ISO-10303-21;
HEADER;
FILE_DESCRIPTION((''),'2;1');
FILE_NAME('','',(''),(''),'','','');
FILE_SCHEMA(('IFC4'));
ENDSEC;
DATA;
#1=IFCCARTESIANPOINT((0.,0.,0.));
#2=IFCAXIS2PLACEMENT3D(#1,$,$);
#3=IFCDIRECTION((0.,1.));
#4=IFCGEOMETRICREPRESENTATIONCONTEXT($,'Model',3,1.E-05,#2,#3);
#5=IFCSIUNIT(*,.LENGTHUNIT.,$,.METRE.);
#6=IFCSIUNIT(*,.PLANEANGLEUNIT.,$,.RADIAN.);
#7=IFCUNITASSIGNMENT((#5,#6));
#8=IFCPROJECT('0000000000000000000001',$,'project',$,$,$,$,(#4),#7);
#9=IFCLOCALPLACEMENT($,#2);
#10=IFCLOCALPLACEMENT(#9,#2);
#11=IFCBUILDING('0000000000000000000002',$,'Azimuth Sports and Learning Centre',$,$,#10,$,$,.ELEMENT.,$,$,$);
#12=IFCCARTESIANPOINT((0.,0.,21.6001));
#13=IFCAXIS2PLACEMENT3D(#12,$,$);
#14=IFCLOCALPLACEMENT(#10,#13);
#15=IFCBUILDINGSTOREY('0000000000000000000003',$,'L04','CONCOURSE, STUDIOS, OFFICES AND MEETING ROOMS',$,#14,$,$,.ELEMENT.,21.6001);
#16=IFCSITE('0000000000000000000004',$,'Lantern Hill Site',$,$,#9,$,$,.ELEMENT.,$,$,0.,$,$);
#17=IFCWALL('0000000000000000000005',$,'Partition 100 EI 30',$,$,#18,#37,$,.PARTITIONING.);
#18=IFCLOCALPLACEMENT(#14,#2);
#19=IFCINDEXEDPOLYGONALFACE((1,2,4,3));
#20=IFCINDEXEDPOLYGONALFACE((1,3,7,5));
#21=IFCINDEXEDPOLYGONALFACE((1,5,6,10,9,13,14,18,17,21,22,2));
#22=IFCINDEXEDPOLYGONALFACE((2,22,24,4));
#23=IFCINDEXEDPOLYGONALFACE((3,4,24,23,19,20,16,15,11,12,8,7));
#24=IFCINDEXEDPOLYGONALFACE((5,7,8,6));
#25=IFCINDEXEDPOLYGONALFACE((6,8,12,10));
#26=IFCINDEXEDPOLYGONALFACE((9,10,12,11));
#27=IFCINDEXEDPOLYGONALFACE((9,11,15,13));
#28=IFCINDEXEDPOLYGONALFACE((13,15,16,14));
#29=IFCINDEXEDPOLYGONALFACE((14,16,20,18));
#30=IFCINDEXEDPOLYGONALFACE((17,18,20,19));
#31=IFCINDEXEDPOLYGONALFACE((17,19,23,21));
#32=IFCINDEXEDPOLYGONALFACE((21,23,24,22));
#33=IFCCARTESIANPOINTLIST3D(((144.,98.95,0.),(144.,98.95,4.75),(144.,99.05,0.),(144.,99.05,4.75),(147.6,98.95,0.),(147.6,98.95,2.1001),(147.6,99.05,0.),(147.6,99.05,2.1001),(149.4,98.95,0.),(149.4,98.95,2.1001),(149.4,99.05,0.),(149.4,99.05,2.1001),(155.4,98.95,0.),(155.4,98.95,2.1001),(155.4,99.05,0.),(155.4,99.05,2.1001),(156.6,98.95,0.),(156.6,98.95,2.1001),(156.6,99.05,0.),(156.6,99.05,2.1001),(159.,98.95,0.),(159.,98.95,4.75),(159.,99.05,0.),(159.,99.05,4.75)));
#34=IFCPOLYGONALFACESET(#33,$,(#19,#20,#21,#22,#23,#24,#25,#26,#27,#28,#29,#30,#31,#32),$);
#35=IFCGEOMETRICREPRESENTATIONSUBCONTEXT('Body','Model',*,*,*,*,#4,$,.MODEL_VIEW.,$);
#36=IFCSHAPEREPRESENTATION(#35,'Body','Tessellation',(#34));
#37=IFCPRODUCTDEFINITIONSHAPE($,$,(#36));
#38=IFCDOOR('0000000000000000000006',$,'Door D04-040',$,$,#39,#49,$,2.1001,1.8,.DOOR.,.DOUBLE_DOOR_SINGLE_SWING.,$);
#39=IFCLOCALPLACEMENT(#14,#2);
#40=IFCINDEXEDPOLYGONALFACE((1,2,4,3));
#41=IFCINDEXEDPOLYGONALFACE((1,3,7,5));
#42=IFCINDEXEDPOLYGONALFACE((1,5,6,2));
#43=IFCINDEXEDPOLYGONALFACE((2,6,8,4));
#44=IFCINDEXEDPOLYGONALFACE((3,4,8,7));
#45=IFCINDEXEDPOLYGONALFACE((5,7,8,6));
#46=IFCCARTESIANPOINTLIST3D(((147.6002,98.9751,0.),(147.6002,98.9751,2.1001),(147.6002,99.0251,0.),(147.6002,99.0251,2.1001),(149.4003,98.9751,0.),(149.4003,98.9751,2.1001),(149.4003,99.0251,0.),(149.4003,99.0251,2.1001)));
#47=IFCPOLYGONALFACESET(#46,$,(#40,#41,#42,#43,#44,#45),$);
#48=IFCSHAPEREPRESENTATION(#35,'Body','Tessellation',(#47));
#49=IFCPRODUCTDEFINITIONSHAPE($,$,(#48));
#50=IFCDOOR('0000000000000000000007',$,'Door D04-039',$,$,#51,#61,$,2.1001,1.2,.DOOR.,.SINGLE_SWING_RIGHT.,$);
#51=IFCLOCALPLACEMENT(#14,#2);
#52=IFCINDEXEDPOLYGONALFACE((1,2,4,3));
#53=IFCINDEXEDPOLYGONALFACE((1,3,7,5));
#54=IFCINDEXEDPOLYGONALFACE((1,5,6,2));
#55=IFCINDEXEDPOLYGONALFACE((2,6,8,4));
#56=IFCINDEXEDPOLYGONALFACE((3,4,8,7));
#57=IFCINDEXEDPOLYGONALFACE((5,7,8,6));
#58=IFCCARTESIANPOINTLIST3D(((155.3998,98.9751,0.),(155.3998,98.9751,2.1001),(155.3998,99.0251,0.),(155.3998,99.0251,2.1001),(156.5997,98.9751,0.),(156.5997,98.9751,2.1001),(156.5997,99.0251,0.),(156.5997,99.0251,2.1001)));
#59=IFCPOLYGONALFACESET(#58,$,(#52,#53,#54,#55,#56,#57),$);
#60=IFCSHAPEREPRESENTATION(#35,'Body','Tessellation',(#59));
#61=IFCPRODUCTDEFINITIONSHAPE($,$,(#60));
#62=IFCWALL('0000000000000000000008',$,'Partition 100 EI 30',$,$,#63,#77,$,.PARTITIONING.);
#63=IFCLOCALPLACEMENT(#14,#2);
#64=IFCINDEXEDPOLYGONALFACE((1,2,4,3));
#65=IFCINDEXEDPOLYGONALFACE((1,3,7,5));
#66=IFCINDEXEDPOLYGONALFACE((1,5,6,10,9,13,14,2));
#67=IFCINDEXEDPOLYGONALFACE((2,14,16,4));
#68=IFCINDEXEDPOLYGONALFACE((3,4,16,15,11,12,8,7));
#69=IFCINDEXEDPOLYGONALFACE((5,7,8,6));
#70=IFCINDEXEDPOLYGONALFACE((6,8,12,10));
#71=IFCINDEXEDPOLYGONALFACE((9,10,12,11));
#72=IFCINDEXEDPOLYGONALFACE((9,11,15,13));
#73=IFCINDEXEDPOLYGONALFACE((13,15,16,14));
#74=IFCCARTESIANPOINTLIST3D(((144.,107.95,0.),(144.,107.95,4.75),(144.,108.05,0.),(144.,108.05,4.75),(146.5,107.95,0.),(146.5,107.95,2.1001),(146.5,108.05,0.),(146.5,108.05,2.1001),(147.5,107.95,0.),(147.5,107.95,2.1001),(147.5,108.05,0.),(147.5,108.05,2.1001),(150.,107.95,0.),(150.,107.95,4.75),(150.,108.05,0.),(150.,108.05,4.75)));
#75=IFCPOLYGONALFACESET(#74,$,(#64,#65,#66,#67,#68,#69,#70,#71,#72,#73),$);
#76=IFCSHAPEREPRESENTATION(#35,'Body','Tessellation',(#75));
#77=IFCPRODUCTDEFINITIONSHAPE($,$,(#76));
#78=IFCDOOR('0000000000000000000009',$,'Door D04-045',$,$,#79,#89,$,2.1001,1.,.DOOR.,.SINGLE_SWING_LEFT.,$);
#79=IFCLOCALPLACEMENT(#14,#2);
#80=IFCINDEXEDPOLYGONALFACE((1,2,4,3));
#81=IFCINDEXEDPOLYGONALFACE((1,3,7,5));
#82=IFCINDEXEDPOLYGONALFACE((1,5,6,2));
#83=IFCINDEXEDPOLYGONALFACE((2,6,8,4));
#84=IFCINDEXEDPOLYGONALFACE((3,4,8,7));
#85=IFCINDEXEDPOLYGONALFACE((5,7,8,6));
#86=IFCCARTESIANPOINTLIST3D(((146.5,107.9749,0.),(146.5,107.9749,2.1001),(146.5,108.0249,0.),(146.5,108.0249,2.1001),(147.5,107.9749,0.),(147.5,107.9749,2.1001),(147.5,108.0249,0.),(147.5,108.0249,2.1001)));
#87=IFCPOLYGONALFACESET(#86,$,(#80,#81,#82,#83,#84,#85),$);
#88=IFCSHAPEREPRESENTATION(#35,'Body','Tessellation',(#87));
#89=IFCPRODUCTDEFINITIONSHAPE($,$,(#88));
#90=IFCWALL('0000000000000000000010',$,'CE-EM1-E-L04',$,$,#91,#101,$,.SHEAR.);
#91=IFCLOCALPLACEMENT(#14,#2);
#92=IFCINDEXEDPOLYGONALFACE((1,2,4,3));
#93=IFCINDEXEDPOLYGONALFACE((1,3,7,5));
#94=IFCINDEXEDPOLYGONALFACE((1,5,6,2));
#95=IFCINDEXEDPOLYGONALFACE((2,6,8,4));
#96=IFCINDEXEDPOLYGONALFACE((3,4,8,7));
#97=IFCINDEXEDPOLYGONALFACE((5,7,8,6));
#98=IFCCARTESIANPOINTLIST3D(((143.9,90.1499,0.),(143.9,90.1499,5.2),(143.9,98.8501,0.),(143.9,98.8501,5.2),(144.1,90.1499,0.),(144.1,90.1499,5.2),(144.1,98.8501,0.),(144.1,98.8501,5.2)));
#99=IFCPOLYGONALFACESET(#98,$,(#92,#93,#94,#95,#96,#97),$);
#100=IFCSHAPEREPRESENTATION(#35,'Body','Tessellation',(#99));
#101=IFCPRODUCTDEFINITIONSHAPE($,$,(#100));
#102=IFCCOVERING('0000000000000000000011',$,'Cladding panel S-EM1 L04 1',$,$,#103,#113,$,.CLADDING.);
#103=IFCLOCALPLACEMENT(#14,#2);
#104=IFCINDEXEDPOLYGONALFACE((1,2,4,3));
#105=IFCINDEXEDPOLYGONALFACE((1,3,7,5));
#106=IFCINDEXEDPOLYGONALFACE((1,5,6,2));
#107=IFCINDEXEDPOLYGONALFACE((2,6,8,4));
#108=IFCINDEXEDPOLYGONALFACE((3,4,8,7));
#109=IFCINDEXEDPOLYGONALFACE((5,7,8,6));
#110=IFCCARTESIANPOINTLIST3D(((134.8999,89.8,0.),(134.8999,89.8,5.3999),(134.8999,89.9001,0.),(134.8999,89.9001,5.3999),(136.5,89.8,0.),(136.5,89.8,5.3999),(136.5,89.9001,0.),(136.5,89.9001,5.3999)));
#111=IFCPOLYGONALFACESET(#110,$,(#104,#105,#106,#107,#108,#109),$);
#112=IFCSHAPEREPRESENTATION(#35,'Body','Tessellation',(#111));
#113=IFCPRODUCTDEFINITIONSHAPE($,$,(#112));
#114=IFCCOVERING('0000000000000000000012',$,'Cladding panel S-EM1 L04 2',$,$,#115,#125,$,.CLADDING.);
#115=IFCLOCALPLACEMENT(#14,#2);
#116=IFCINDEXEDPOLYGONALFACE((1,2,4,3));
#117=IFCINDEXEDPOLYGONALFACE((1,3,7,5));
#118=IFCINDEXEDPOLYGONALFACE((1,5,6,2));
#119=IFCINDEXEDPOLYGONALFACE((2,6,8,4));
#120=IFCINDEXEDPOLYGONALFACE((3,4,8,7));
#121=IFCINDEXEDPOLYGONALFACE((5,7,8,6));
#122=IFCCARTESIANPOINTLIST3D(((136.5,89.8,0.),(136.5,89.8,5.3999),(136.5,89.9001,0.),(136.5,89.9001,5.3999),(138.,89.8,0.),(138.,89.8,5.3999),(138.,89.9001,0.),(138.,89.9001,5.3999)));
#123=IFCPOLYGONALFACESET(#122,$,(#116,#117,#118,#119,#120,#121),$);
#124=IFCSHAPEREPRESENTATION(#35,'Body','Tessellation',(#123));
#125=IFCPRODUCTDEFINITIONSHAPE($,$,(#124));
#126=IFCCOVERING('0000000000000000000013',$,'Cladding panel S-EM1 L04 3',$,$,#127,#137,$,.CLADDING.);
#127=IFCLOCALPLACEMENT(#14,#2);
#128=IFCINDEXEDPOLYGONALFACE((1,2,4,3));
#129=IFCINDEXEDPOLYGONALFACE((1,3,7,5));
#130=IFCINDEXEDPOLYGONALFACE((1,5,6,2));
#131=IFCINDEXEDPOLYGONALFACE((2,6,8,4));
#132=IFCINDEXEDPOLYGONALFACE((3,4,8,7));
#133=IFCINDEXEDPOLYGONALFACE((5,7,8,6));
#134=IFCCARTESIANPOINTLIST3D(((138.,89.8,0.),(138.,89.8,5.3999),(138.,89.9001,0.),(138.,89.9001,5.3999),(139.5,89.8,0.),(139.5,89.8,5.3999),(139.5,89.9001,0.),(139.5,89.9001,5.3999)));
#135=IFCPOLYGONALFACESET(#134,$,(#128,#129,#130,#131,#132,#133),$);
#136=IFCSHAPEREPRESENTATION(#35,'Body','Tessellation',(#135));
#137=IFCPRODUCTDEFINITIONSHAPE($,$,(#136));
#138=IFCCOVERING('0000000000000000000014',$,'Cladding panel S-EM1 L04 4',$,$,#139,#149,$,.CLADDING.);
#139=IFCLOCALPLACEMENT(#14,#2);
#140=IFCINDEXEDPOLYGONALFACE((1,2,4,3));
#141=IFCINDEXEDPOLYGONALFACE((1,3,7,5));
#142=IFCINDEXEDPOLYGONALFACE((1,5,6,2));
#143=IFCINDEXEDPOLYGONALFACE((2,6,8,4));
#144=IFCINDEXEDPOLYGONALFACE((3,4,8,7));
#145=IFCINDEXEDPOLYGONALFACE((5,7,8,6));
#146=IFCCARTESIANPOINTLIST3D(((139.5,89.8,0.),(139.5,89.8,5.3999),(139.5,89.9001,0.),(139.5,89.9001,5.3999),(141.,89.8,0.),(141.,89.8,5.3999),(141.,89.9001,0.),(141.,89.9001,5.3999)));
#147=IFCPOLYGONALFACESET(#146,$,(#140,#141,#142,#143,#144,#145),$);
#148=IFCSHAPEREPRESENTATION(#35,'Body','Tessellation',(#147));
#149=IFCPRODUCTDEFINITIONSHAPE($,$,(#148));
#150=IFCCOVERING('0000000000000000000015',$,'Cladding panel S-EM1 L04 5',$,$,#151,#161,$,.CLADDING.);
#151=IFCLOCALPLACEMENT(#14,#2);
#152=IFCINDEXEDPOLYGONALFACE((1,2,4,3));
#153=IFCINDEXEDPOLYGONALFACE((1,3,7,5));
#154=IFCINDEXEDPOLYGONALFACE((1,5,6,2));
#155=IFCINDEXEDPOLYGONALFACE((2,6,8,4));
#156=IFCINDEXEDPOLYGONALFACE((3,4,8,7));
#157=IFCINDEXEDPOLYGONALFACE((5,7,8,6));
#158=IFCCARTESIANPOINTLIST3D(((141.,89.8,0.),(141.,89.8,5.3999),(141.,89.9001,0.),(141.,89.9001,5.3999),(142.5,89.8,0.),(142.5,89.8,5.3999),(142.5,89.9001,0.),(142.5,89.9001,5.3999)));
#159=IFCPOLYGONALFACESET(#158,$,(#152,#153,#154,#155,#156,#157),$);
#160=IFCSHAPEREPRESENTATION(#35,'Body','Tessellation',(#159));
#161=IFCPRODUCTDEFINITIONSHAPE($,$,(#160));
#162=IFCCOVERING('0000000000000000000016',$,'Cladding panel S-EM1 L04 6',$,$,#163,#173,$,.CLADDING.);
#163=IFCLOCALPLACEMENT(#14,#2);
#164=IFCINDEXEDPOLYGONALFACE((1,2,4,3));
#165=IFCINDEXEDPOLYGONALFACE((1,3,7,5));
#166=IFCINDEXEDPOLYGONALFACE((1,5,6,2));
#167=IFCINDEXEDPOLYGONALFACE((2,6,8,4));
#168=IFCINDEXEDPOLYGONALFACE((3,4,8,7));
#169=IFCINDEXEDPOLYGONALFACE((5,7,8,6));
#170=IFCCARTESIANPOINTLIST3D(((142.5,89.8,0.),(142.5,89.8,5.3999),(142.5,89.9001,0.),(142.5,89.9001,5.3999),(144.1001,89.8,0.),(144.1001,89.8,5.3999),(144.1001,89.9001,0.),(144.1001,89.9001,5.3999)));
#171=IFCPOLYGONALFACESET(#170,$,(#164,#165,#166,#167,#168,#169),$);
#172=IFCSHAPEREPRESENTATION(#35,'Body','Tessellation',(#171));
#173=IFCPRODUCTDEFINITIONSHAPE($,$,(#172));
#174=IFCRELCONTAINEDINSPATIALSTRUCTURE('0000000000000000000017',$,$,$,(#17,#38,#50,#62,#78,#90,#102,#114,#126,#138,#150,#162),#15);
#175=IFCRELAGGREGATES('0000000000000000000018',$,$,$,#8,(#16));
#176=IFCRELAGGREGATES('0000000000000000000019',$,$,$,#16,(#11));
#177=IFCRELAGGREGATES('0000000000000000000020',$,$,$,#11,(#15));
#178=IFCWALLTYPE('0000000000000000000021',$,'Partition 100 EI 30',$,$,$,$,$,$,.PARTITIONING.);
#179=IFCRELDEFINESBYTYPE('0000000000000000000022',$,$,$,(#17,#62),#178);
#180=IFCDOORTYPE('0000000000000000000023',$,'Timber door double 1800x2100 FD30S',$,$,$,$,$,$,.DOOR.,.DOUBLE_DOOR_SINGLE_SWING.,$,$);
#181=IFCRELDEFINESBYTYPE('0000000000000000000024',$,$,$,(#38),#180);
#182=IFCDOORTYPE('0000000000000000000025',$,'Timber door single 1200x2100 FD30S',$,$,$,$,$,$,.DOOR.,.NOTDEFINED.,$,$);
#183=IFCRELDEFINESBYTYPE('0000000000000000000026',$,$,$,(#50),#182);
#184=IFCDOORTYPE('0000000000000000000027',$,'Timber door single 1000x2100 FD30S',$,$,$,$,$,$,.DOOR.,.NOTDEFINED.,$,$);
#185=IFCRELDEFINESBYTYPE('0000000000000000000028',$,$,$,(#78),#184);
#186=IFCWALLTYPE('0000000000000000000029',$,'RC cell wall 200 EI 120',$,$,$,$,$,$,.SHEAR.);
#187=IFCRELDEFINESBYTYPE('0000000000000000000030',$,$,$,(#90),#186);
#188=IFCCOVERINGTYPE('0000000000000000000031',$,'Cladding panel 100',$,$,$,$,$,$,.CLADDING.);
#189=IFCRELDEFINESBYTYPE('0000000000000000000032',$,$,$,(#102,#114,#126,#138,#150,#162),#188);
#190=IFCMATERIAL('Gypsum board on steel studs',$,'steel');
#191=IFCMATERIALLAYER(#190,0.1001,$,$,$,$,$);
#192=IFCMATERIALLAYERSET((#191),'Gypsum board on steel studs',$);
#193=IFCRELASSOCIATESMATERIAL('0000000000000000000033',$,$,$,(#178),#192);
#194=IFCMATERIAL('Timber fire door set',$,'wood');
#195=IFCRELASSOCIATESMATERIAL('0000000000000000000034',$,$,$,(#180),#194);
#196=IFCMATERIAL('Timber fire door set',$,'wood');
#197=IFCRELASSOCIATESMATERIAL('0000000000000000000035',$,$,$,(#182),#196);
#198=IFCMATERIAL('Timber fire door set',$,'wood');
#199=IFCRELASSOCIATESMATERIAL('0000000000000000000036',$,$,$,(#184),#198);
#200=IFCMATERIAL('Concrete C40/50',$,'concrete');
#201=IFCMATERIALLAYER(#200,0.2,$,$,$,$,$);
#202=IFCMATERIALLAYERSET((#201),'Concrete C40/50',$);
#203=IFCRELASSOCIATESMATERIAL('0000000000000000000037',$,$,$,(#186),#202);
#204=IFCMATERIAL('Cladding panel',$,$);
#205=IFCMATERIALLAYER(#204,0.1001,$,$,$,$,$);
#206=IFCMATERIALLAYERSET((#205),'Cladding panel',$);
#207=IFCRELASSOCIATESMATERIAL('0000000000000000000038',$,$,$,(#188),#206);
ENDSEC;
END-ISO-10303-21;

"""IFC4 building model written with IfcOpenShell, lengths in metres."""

from ifc_helpers import new_model, si_unit, direction, frame, frame_2d, origin, origin_2d, place, context, subcontext, project, spatial, rectangle, extrude, material, layer, layer_set, type_object, element, fill, save


model = new_model("IFC4")

# Units and contexts
model_context = context("Model", 3, precision=1e-05, world=origin(), true_north=direction((0.0, 1.0)))
body_context = subcontext(model_context, "Body", "Model", "MODEL_VIEW")
ifc_project = project(units=[si_unit("LENGTHUNIT", "METRE"), si_unit("PLANEANGLEUNIT", "RADIAN")], contexts=[model_context])

# Site, building, storey
site_placement = place(None, origin())
site = spatial("IfcSite", under=ifc_project, at=site_placement, Name="Lantern Hill Site", CompositionType="ELEMENT", RefElevation=0.0)
building_placement = place(site_placement, origin())
building = spatial("IfcBuilding", under=site, at=building_placement, Name="Azimuth Sports and Learning Centre", CompositionType="ELEMENT")
storey_placement = place(building_placement, frame((0.0, 0.0, 21.6001)))
storey = spatial("IfcBuildingStorey", under=building, at=storey_placement, Name="L04", Description="CONCOURSE, STUDIOS, OFFICES AND MEETING ROOMS", CompositionType="ELEMENT", Elevation=21.6001)

# Wall, openings, doors
ifc_material_1 = material(Name="Gypsum board on steel studs", Category="steel")
ifc_layer_1 = layer(ifc_material_1, 0.1001)
ifc_layer_set_1 = layer_set([ifc_layer_1], Name="Gypsum board on steel studs")
wall_type_1 = type_object("IfcWallType", Name="Partition 100 EI 30", PredefinedType="PARTITIONING", material=ifc_layer_set_1)
wall_1_placement = place(storey_placement, frame((144.0, 99.0, 0.0), z_axis=(0.0, 0.0, 1.0), x_axis=(1.0, 0.0, 0.0)))
wall_1 = element("IfcWall", 1, at=wall_1_placement, inside=storey, type_object=wall_type_1, Name="Partition 100 EI 30", PredefinedType="PARTITIONING", context=body_context, shape_type="SweptSolid", body=[
    extrude(rectangle(XDim=15.0, YDim=0.1001, at=frame_2d((7.5, 0.0))), origin(), (0.0, 0.0, 1.0), 4.75),
])
opening_1_placement = place(wall_1_placement, frame((11.3999, 0.0, 0.0)))
opening_1 = element("IfcOpeningElement", 2, at=opening_1_placement, cuts=wall_1, PredefinedType="OPENING", context=body_context, shape_type="SweptSolid", body=[
    extrude(rectangle(XDim=1.2, YDim=2.1001, at=frame_2d((0.6001, 1.05))), frame((0.0, 0.061, 0.0), z_axis=(0.0, -1.0, 0.0), x_axis=(1.0, 0.0, 0.0)), (0.0, 0.0, 1.0), 0.1221),
])
opening_2_placement = place(wall_1_placement, frame((3.6001, 0.0, 0.0)))
opening_2 = element("IfcOpeningElement", 3, at=opening_2_placement, cuts=wall_1, PredefinedType="OPENING", context=body_context, shape_type="SweptSolid", body=[
    extrude(rectangle(XDim=1.8, YDim=2.1001, at=frame_2d((0.8999, 1.05))), frame((0.0, 0.061, 0.0), z_axis=(0.0, -1.0, 0.0), x_axis=(1.0, 0.0, 0.0)), (0.0, 0.0, 1.0), 0.1221),
])
ifc_material_2 = material(Name="Timber fire door set", Category="wood")
door_type_1 = type_object("IfcDoorType", Name="Timber door double 1800x2100 FD30S", OperationType="DOUBLE_DOOR_SINGLE_SWING", PredefinedType="DOOR", material=ifc_material_2)
door_1_placement = place(opening_2_placement, frame((1.8, 0.0, 0.0), z_axis=(0.0, 0.0, 1.0), x_axis=(-1.0, 0.0, 0.0)))
door_1 = element("IfcDoor", 4, at=door_1_placement, inside=storey, type_object=door_type_1, Name="Door D04-040", OperationType="DOUBLE_DOOR_SINGLE_SWING", OverallHeight=2.1001, OverallWidth=1.8, PredefinedType="DOOR", context=body_context, shape_type="SweptSolid", body=[
    extrude(rectangle(XDim=1.8, YDim=2.1001, at=frame_2d((0.8999, 1.05))), frame((0.0, 0.0249, 0.0), z_axis=(0.0, -1.0, 0.0), x_axis=(1.0, 0.0, 0.0)), (0.0, 0.0, 1.0), 0.05),
])
fill(opening_2, door_1)
ifc_material_3 = material(Name="Timber fire door set", Category="wood")
door_type_2 = type_object("IfcDoorType", Name="Timber door single 1200x2100 FD30S", OperationType="NOTDEFINED", PredefinedType="DOOR", material=ifc_material_3)
door_2_placement = place(opening_1_placement, frame((1.2, 0.0, 0.0), z_axis=(0.0, 0.0, 1.0), x_axis=(-1.0, 0.0, 0.0)))
door_2 = element("IfcDoor", 5, at=door_2_placement, inside=storey, type_object=door_type_2, Name="Door D04-039", OperationType="SINGLE_SWING_RIGHT", OverallHeight=2.1001, OverallWidth=1.2, PredefinedType="DOOR", context=body_context, shape_type="SweptSolid", body=[
    extrude(rectangle(XDim=1.2, YDim=2.1001, at=frame_2d((0.6001, 1.05))), frame((0.0, 0.0249, 0.0), z_axis=(0.0, -1.0, 0.0), x_axis=(1.0, 0.0, 0.0)), (0.0, 0.0, 1.0), 0.05),
])
fill(opening_1, door_2)

# Wall, opening, door
wall_2_placement = place(storey_placement, frame((144.0, 108.0, 0.0), z_axis=(0.0, 0.0, 1.0), x_axis=(1.0, 0.0, 0.0)))
wall_2 = element("IfcWall", 6, at=wall_2_placement, inside=storey, type_object=wall_type_1, Name="Partition 100 EI 30", PredefinedType="PARTITIONING", context=body_context, shape_type="SweptSolid", body=[
    extrude(rectangle(XDim=6.0, YDim=0.1001, at=frame_2d((3.0, 0.0))), origin(), (0.0, 0.0, 1.0), 4.75),
])
opening_3_placement = place(wall_2_placement, frame((2.5, 0.0, 0.0)))
opening_3 = element("IfcOpeningElement", 7, at=opening_3_placement, cuts=wall_2, PredefinedType="OPENING", context=body_context, shape_type="SweptSolid", body=[
    extrude(rectangle(XDim=1.0, YDim=2.1001, at=frame_2d((0.5, 1.05))), frame((0.0, 0.061, 0.0), z_axis=(0.0, -1.0, 0.0), x_axis=(1.0, 0.0, 0.0)), (0.0, 0.0, 1.0), 0.1221),
])
ifc_material_4 = material(Name="Timber fire door set", Category="wood")
door_type_3 = type_object("IfcDoorType", Name="Timber door single 1000x2100 FD30S", OperationType="NOTDEFINED", PredefinedType="DOOR", material=ifc_material_4)
door_3_placement = place(opening_3_placement, origin())
door_3 = element("IfcDoor", 8, at=door_3_placement, inside=storey, type_object=door_type_3, Name="Door D04-045", OperationType="SINGLE_SWING_LEFT", OverallHeight=2.1001, OverallWidth=1.0, PredefinedType="DOOR", context=body_context, shape_type="SweptSolid", body=[
    extrude(rectangle(XDim=1.0, YDim=2.1001, at=frame_2d((0.5, 1.05))), frame((0.0, 0.0249, 0.0), z_axis=(0.0, -1.0, 0.0), x_axis=(1.0, 0.0, 0.0)), (0.0, 0.0, 1.0), 0.05),
])
fill(opening_3, door_3)

# Wall
ifc_material_5 = material(Name="Concrete C40/50", Category="concrete")
ifc_layer_2 = layer(ifc_material_5, 0.2)
ifc_layer_set_2 = layer_set([ifc_layer_2], Name="Concrete C40/50")
wall_type_2 = type_object("IfcWallType", Name="RC cell wall 200 EI 120", PredefinedType="SHEAR", material=ifc_layer_set_2)
wall_3_placement = place(storey_placement, frame((144.0, 90.1499, 0.0), z_axis=(0.0, 0.0, 1.0), x_axis=(0.0, 1.0, 0.0)))
element("IfcWall", 9, at=wall_3_placement, inside=storey, type_object=wall_type_2, Name="CE-EM1-E-L04", PredefinedType="SHEAR", context=body_context, shape_type="SweptSolid", body=[
    extrude(rectangle(XDim=8.7002, YDim=0.2, at=frame_2d((4.3501, 0.0))), origin(), (0.0, 0.0, 1.0), 5.2),
])

# Coverings
ifc_material_6 = material(Name="Cladding panel")
ifc_layer_3 = layer(ifc_material_6, 0.1001)
ifc_layer_set_3 = layer_set([ifc_layer_3], Name="Cladding panel")
covering_type = type_object("IfcCoveringType", Name="Cladding panel 100", PredefinedType="CLADDING", material=ifc_layer_set_3)
covering_1_placement = place(storey_placement, frame((135.7, 89.8501, 0.0), z_axis=(0.0, 0.0, 1.0), x_axis=(1.0, 0.0, 0.0)))
element("IfcCovering", 10, at=covering_1_placement, inside=storey, type_object=covering_type, Name="Cladding panel S-EM1 L04 1", PredefinedType="CLADDING", context=body_context, shape_type="SweptSolid", body=[
    extrude(rectangle(XDim=1.6001, YDim=0.1001, at=origin_2d()), origin(), (0.0, 0.0, 1.0), 5.3999),
])
for number, where, z_axis, x_axis, name in (
    (11, (137.25, 89.8501, 0.0), (0.0, 0.0, 1.0), (1.0, 0.0, 0.0), "Cladding panel S-EM1 L04 2"),
    (12, (138.75, 89.8501, 0.0), (0.0, 0.0, 1.0), (1.0, 0.0, 0.0), "Cladding panel S-EM1 L04 3"),
    (13, (140.25, 89.8501, 0.0), (0.0, 0.0, 1.0), (1.0, 0.0, 0.0), "Cladding panel S-EM1 L04 4"),
    (14, (141.75, 89.8501, 0.0), (0.0, 0.0, 1.0), (1.0, 0.0, 0.0), "Cladding panel S-EM1 L04 5"),
):
    element("IfcCovering", number, at=place(storey_placement, frame(where, z_axis=z_axis, x_axis=x_axis)), inside=storey, type_object=covering_type, Name=name, PredefinedType="CLADDING", context=body_context, shape_type="SweptSolid", body=[
        extrude(rectangle(XDim=1.5, YDim=0.1001, at=origin_2d()), origin(), (0.0, 0.0, 1.0), 5.3999),
    ])
covering_2_placement = place(storey_placement, frame((143.3, 89.8501, 0.0), z_axis=(0.0, 0.0, 1.0), x_axis=(1.0, 0.0, 0.0)))
element("IfcCovering", 15, at=covering_2_placement, inside=storey, type_object=covering_type, Name="Cladding panel S-EM1 L04 6", PredefinedType="CLADDING", context=body_context, shape_type="SweptSolid", body=[
    extrude(rectangle(XDim=1.6001, YDim=0.1001, at=origin_2d()), origin(), (0.0, 0.0, 1.0), 5.3999),
])

save(model, "model.ifc")
